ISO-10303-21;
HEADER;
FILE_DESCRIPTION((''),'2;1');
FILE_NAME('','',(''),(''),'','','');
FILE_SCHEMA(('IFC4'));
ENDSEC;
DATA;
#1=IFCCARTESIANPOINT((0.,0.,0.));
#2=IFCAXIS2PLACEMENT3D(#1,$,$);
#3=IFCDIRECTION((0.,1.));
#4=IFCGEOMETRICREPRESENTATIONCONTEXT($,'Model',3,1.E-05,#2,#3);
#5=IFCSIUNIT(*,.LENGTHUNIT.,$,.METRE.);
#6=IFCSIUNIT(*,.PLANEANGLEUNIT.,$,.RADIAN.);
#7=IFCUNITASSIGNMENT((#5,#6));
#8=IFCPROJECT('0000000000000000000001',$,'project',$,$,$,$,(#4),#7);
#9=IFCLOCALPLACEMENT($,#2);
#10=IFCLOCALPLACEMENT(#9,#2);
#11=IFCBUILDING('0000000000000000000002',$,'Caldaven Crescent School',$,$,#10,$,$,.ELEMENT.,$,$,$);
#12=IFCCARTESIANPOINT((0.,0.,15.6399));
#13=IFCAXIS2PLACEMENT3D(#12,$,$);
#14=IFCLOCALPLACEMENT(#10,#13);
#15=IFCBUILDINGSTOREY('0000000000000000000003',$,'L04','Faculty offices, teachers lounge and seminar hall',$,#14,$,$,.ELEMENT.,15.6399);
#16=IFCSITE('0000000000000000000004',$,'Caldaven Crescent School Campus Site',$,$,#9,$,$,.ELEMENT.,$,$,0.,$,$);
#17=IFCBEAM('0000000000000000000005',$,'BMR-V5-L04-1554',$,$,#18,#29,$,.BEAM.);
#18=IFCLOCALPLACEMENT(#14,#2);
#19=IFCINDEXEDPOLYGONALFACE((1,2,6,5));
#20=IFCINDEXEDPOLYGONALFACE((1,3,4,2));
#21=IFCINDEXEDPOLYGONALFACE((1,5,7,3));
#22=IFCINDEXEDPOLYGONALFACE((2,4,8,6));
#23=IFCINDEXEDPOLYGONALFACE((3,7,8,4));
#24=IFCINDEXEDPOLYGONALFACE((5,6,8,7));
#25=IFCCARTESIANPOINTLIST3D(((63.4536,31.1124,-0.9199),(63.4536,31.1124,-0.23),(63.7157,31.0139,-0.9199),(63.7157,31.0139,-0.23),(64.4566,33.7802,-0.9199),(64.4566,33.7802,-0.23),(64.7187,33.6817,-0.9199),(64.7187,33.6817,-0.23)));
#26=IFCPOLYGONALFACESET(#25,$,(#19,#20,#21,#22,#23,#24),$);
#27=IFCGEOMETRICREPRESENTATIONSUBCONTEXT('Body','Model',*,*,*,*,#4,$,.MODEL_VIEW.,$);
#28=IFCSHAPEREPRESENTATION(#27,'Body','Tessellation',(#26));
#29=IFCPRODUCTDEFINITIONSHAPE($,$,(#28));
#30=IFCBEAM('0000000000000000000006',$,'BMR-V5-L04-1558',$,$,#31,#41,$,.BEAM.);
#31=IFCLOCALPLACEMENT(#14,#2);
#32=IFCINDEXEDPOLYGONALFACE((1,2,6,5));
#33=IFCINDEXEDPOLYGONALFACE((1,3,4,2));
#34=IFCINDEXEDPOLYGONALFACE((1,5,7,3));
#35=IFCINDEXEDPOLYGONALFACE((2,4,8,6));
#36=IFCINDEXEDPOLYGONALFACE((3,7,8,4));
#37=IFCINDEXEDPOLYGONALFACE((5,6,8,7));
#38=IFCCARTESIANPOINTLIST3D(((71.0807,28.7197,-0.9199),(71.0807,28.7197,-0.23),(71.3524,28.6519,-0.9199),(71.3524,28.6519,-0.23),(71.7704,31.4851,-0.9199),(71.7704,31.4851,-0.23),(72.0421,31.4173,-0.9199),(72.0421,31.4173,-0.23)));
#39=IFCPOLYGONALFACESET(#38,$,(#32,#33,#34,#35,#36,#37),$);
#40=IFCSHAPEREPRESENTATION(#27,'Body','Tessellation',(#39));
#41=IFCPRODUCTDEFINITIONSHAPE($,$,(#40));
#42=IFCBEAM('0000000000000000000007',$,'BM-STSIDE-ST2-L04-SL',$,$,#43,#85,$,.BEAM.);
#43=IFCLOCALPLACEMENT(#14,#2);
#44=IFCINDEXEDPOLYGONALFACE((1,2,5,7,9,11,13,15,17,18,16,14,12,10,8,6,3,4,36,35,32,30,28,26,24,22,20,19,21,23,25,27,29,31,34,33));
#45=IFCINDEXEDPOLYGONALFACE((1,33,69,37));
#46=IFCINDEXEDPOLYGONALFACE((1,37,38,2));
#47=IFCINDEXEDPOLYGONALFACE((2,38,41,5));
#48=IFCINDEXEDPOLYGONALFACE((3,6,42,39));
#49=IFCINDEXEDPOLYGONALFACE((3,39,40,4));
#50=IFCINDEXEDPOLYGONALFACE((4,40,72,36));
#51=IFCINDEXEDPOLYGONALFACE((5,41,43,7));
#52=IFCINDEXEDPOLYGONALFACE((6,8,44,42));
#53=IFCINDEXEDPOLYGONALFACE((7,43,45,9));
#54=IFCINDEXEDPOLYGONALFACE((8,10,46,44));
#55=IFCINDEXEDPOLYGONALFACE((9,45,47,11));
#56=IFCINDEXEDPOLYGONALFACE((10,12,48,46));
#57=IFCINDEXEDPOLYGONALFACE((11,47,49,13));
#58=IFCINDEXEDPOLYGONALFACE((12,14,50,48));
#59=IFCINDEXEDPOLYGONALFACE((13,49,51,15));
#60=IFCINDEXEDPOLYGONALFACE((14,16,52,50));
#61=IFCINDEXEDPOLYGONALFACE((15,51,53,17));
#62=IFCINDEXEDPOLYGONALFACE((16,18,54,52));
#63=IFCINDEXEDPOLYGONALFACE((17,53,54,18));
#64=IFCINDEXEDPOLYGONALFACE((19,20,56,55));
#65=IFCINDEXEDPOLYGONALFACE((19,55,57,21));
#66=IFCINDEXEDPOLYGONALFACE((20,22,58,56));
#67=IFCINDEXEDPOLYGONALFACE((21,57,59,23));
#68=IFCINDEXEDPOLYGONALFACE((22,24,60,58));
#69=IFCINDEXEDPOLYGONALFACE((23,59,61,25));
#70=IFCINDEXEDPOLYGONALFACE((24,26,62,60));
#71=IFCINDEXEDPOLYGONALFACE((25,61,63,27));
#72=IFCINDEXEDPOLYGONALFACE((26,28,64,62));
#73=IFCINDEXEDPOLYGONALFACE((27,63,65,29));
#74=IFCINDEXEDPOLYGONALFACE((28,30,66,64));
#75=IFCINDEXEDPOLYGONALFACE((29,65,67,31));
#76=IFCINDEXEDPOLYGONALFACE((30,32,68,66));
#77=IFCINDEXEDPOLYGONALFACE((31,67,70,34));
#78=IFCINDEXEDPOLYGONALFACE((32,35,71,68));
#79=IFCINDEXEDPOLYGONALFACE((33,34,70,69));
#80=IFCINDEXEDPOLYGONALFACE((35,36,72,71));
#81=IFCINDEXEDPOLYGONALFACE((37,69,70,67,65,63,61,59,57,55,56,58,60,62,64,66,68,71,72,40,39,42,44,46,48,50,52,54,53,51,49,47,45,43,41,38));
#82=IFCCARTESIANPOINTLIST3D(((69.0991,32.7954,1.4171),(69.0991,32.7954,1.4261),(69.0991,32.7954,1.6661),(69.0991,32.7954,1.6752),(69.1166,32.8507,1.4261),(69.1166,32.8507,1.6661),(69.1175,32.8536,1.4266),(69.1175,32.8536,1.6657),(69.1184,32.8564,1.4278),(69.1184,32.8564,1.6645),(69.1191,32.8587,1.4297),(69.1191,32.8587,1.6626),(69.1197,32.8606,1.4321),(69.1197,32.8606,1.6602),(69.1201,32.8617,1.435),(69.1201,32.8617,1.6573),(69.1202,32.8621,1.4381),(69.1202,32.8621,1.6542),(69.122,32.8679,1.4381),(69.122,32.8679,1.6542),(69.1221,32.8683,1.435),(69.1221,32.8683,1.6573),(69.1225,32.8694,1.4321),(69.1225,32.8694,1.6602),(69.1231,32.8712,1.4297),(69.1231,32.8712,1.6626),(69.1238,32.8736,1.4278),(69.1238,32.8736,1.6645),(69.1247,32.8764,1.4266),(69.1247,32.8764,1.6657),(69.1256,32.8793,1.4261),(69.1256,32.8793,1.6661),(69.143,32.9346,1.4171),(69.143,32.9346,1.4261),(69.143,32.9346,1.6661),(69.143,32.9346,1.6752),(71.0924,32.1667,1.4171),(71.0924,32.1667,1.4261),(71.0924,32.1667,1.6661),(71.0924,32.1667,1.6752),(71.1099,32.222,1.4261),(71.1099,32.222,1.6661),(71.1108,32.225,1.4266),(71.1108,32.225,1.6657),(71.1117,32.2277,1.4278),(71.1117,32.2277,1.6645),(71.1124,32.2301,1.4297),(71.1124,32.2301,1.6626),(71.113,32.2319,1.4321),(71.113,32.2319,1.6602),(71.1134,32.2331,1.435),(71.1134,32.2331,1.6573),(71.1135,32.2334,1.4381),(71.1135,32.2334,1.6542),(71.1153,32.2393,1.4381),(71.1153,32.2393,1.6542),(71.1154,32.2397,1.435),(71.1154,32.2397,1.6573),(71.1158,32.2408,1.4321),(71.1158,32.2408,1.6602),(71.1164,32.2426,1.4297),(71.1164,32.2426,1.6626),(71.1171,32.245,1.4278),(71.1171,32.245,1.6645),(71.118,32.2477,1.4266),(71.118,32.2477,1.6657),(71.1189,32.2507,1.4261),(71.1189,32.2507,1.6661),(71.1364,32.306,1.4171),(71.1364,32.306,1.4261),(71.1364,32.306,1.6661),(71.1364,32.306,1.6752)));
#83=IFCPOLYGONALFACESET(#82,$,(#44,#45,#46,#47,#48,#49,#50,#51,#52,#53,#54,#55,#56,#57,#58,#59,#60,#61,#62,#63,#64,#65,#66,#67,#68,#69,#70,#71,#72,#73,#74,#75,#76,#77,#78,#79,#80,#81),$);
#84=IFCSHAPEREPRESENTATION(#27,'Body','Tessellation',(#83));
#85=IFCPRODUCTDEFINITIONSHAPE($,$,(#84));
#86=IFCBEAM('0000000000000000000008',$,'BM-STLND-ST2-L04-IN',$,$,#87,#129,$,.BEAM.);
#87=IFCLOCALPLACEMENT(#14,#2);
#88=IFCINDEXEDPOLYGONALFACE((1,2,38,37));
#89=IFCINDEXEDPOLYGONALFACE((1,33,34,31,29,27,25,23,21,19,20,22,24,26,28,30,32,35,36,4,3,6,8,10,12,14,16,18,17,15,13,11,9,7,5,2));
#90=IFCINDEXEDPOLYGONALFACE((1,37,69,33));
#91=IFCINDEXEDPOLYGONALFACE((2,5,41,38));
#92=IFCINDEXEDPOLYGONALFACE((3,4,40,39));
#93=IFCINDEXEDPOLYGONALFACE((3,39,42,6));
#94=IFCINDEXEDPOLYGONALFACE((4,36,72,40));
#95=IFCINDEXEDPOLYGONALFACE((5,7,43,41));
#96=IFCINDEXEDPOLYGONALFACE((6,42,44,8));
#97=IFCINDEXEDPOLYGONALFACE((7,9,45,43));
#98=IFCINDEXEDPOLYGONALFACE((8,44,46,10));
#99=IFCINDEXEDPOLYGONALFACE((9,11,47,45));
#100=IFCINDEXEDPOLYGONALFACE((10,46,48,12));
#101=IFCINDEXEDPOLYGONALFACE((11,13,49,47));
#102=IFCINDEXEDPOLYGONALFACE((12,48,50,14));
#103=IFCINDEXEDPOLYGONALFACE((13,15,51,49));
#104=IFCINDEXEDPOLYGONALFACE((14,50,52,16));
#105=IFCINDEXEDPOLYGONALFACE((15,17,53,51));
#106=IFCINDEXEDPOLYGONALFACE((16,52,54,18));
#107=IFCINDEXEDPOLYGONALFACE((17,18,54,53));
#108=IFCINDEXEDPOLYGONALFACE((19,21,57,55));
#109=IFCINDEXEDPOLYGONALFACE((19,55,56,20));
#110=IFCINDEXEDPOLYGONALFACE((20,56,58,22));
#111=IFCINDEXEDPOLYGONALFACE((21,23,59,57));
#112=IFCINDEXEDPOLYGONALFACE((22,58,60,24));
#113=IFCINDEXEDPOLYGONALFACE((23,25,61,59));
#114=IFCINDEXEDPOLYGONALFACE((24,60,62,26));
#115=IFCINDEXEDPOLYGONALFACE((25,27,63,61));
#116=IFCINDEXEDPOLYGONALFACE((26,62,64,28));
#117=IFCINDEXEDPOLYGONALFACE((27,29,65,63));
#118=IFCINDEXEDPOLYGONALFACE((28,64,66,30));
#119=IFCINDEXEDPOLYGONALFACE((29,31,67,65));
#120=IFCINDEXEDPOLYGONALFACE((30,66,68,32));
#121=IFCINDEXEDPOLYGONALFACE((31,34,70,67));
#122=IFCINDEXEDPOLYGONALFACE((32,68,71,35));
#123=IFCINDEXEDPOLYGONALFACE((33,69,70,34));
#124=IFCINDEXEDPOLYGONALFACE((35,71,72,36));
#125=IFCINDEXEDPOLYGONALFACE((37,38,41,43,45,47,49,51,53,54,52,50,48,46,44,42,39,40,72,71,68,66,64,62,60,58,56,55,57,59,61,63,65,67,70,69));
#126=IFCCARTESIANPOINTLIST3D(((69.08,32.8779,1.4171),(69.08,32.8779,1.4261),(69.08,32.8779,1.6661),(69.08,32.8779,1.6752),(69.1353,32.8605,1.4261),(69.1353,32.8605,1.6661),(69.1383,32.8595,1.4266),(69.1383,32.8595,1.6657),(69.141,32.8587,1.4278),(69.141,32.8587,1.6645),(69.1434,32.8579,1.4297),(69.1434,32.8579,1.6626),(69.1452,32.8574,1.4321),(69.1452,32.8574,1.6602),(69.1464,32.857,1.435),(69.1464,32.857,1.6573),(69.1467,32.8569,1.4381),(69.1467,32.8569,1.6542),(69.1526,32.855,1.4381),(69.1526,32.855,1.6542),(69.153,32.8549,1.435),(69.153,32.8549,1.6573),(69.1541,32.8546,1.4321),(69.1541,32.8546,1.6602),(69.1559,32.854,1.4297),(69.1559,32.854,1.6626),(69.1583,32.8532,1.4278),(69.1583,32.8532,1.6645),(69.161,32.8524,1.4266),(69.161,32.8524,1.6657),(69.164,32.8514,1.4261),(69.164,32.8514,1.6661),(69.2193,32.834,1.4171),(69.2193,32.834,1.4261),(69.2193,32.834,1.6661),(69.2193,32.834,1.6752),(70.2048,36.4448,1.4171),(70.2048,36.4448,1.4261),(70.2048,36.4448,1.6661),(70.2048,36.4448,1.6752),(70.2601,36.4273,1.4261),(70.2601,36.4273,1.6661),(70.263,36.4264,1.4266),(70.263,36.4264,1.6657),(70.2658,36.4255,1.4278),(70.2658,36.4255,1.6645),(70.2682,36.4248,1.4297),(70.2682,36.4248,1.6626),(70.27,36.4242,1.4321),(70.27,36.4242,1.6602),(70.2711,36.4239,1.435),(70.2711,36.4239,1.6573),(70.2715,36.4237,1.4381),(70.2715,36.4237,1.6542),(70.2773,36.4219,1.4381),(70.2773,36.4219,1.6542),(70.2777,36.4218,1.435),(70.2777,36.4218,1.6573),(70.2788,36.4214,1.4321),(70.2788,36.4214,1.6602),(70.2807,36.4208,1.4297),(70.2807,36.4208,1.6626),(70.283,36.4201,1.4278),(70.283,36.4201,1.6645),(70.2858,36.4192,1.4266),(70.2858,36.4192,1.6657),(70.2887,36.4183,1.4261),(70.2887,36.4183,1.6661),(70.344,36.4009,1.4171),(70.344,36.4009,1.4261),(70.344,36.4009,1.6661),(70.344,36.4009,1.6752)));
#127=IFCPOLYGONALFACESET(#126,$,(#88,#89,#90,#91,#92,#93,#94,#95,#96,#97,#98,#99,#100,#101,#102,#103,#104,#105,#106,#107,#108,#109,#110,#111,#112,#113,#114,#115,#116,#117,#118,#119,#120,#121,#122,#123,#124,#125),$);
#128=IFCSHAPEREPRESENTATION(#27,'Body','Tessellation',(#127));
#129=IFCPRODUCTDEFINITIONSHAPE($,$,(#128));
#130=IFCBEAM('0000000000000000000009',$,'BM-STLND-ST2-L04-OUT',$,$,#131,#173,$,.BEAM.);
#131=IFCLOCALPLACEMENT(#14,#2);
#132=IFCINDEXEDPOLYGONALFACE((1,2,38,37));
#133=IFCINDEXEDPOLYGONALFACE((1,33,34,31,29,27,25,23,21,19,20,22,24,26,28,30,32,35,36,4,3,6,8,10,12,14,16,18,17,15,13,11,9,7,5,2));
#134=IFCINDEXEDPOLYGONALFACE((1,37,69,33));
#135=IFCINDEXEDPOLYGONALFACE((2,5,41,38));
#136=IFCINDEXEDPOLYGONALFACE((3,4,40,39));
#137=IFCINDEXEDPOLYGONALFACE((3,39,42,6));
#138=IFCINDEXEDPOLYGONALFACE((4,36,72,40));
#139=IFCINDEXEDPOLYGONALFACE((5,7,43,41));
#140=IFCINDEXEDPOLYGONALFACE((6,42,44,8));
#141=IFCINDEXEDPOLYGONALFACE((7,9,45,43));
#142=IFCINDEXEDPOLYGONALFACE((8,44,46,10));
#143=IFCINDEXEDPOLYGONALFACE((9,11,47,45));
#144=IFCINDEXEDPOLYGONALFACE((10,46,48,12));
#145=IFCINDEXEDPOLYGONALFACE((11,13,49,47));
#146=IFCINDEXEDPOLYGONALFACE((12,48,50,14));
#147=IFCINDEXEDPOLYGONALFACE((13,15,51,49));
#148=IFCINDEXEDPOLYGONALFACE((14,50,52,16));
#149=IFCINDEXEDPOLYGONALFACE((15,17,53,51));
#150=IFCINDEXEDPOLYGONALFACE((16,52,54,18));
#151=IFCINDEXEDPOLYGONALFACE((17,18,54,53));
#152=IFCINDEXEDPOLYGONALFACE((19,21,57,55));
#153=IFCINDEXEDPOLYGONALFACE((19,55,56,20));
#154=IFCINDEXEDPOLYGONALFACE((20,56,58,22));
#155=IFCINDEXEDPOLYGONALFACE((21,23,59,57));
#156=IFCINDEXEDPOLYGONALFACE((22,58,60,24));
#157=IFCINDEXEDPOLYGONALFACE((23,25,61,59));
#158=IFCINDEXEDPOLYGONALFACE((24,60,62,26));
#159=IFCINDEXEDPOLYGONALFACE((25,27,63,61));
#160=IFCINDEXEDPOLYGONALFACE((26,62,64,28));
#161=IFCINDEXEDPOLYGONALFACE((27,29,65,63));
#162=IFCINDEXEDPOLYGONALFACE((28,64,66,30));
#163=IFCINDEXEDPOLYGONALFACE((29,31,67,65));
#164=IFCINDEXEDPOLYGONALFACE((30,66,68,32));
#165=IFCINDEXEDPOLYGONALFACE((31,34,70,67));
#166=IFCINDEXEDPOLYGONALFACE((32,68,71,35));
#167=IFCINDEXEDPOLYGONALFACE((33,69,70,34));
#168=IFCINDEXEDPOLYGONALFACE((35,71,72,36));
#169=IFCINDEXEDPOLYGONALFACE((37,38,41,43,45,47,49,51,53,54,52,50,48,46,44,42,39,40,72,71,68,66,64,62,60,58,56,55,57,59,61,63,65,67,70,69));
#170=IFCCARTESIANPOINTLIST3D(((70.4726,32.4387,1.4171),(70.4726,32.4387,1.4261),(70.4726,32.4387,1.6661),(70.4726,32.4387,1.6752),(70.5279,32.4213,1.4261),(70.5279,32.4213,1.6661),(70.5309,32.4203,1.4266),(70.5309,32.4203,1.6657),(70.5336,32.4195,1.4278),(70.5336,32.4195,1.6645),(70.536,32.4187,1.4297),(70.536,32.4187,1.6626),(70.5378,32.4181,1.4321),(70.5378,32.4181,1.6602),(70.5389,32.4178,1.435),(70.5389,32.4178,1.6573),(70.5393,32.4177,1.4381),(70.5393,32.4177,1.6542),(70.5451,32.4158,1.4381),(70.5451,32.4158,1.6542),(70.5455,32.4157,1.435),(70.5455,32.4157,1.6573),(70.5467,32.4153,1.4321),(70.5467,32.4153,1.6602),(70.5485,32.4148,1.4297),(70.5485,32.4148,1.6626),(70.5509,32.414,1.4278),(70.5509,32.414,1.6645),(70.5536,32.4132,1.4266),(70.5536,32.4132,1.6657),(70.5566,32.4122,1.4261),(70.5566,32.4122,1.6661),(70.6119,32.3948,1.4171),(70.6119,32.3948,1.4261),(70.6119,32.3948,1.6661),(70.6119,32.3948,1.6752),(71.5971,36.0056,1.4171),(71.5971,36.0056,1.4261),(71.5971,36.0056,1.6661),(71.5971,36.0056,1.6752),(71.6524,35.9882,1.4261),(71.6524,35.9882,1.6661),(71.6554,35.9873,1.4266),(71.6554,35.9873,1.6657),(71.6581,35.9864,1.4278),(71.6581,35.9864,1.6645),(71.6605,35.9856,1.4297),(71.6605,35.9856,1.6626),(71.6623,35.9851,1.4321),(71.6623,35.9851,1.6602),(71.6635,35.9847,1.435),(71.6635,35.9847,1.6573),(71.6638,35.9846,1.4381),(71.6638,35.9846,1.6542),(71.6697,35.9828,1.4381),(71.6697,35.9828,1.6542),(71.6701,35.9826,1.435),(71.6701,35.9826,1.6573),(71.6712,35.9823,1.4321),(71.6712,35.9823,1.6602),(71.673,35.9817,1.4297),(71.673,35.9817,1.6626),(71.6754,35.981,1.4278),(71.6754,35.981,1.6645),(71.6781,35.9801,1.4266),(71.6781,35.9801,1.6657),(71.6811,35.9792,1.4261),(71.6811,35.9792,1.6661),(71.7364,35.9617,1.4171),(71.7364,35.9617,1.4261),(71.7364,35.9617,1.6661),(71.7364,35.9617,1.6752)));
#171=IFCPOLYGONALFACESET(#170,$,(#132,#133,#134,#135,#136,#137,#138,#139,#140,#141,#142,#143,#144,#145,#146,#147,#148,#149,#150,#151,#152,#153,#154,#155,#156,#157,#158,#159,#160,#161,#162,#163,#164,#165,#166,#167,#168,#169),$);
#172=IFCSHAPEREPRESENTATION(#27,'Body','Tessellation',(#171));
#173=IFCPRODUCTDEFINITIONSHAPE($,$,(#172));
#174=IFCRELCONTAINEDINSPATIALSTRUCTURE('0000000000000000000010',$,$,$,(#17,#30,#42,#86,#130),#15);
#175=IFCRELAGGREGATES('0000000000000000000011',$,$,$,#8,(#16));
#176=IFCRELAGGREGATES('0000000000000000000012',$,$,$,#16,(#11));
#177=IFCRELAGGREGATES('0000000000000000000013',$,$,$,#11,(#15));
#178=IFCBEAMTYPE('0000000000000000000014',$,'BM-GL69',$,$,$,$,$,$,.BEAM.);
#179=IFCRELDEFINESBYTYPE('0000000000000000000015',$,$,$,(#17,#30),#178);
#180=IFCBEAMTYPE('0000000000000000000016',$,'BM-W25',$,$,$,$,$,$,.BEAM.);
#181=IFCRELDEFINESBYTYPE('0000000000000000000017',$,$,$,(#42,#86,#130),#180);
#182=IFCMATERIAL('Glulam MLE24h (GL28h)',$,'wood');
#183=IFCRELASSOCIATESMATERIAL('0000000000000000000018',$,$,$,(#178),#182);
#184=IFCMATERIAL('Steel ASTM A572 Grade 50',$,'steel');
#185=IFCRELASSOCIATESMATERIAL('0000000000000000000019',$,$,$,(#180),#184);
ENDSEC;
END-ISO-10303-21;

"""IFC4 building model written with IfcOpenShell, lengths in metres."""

from ifc_helpers import new_model, si_unit, direction, frame, origin, origin_2d, place, context, subcontext, project, spatial, rectangle, i_section, extrude, material, material_profile, profile_set, type_object, element, save


model = new_model("IFC4")

# Units and contexts
model_context = context("Model", 3, precision=1e-05, world=origin(), true_north=direction((0.0, 1.0)))
body_context = subcontext(model_context, "Body", "Model", "MODEL_VIEW")
ifc_project = project(units=[si_unit("LENGTHUNIT", "METRE"), si_unit("PLANEANGLEUNIT", "RADIAN")], contexts=[model_context])

# Site, building, storey
site_placement = place(None, origin())
site = spatial("IfcSite", under=ifc_project, at=site_placement, Name="Caldaven Crescent School Campus Site", CompositionType="ELEMENT", RefElevation=0.0)
building_placement = place(site_placement, origin())
building = spatial("IfcBuilding", under=site, at=building_placement, Name="Caldaven Crescent School", CompositionType="ELEMENT")
storey_placement = place(building_placement, frame((0.0, 0.0, 15.6399)))
storey = spatial("IfcBuildingStorey", under=building, at=storey_placement, Name="L04", Description="Faculty offices, teachers lounge and seminar hall", CompositionType="ELEMENT", Elevation=15.6399)

# Shared definitions
ifc_material_1 = material(Name="Glulam MLE24h (GL28h)", Category="wood")
ifc_material_2 = material(Name="Steel ASTM A572 Grade 50", Category="steel")

# Beams
ifc_material_profile_1 = material_profile(ifc_material_1, rectangle(XDim=0.28, YDim=0.6899, at=origin_2d()), Name="MLE 280x690")
ifc_profile_set_1 = profile_set([ifc_material_profile_1], Name="Glulam MLE24h (GL28h)")
beam_type_1 = type_object("IfcBeamType", Name="BM-GL69", PredefinedType="BEAM", material=ifc_profile_set_1)
for number, where, z_axis, x_axis, name in (
    (1, (64.5876, 33.731, -0.575), (-0.351902, -0.936037, 0.0), (0.936037, -0.351902, 0.0), "BMR-V5-L04-1554"),
    (2, (71.9062, 31.4512, -0.575), (-0.241991, -0.970278, 0.0), (0.970278, -0.241991, 0.0), "BMR-V5-L04-1558"),
):
    element("IfcBeam", number, at=place(storey_placement, frame(where, z_axis=z_axis, x_axis=x_axis)), inside=storey, type_object=beam_type_1, Name=name, PredefinedType="BEAM", context=body_context, shape_type="SweptSolid", body=[
        extrude(rectangle(XDim=0.28, YDim=0.6899, at=origin_2d()), origin(), (0.0, 0.0, 1.0), 2.8501),
    ])
ifc_material_profile_2 = material_profile(ifc_material_2, i_section(OverallWidth=0.146, OverallDepth=0.2581, WebThickness=0.0061, FlangeThickness=0.009, FilletRadius=0.012, at=origin_2d()), Name="W250x33")
ifc_profile_set_2 = profile_set([ifc_material_profile_2], Name="Steel ASTM A572 Grade 50")
beam_type_2 = type_object("IfcBeamType", Name="BM-W25", PredefinedType="BEAM", material=ifc_profile_set_2)
beam_1_placement = place(storey_placement, frame((69.1211, 32.865, 1.5461), z_axis=(0.953697, -0.300768, 0.0), x_axis=(0.300768, 0.953697, 0.0)))
element("IfcBeam", 3, at=beam_1_placement, inside=storey, type_object=beam_type_2, Name="BM-STSIDE-ST2-L04-SL", PredefinedType="BEAM", context=body_context, shape_type="SweptSolid", body=[
    extrude(i_section(OverallWidth=0.146, OverallDepth=0.2581, WebThickness=0.0061, FlangeThickness=0.009, FilletRadius=0.012, at=origin_2d()), origin(), (0.0, 0.0, 1.0), 2.0901),
])
for number, where, z_axis, x_axis, name in (
    (4, (69.1497, 32.856, 1.5461), (0.300735, 0.953708, 0.0), (-0.953708, 0.300735, 0.0), "BM-STLND-ST2-L04-IN"),
    (5, (70.5422, 32.4167, 1.5461), (0.300675, 0.953727, 0.0), (-0.953727, 0.300675, 0.0), "BM-STLND-ST2-L04-OUT"),
):
    element("IfcBeam", number, at=place(storey_placement, frame(where, z_axis=z_axis, x_axis=x_axis)), inside=storey, type_object=beam_type_2, Name=name, PredefinedType="BEAM", context=body_context, shape_type="SweptSolid", body=[
        extrude(i_section(OverallWidth=0.146, OverallDepth=0.2581, WebThickness=0.0061, FlangeThickness=0.009, FilletRadius=0.012, at=origin_2d()), origin(), (0.0, 0.0, 1.0), 3.74),
    ])

save(model, "model.ifc")
